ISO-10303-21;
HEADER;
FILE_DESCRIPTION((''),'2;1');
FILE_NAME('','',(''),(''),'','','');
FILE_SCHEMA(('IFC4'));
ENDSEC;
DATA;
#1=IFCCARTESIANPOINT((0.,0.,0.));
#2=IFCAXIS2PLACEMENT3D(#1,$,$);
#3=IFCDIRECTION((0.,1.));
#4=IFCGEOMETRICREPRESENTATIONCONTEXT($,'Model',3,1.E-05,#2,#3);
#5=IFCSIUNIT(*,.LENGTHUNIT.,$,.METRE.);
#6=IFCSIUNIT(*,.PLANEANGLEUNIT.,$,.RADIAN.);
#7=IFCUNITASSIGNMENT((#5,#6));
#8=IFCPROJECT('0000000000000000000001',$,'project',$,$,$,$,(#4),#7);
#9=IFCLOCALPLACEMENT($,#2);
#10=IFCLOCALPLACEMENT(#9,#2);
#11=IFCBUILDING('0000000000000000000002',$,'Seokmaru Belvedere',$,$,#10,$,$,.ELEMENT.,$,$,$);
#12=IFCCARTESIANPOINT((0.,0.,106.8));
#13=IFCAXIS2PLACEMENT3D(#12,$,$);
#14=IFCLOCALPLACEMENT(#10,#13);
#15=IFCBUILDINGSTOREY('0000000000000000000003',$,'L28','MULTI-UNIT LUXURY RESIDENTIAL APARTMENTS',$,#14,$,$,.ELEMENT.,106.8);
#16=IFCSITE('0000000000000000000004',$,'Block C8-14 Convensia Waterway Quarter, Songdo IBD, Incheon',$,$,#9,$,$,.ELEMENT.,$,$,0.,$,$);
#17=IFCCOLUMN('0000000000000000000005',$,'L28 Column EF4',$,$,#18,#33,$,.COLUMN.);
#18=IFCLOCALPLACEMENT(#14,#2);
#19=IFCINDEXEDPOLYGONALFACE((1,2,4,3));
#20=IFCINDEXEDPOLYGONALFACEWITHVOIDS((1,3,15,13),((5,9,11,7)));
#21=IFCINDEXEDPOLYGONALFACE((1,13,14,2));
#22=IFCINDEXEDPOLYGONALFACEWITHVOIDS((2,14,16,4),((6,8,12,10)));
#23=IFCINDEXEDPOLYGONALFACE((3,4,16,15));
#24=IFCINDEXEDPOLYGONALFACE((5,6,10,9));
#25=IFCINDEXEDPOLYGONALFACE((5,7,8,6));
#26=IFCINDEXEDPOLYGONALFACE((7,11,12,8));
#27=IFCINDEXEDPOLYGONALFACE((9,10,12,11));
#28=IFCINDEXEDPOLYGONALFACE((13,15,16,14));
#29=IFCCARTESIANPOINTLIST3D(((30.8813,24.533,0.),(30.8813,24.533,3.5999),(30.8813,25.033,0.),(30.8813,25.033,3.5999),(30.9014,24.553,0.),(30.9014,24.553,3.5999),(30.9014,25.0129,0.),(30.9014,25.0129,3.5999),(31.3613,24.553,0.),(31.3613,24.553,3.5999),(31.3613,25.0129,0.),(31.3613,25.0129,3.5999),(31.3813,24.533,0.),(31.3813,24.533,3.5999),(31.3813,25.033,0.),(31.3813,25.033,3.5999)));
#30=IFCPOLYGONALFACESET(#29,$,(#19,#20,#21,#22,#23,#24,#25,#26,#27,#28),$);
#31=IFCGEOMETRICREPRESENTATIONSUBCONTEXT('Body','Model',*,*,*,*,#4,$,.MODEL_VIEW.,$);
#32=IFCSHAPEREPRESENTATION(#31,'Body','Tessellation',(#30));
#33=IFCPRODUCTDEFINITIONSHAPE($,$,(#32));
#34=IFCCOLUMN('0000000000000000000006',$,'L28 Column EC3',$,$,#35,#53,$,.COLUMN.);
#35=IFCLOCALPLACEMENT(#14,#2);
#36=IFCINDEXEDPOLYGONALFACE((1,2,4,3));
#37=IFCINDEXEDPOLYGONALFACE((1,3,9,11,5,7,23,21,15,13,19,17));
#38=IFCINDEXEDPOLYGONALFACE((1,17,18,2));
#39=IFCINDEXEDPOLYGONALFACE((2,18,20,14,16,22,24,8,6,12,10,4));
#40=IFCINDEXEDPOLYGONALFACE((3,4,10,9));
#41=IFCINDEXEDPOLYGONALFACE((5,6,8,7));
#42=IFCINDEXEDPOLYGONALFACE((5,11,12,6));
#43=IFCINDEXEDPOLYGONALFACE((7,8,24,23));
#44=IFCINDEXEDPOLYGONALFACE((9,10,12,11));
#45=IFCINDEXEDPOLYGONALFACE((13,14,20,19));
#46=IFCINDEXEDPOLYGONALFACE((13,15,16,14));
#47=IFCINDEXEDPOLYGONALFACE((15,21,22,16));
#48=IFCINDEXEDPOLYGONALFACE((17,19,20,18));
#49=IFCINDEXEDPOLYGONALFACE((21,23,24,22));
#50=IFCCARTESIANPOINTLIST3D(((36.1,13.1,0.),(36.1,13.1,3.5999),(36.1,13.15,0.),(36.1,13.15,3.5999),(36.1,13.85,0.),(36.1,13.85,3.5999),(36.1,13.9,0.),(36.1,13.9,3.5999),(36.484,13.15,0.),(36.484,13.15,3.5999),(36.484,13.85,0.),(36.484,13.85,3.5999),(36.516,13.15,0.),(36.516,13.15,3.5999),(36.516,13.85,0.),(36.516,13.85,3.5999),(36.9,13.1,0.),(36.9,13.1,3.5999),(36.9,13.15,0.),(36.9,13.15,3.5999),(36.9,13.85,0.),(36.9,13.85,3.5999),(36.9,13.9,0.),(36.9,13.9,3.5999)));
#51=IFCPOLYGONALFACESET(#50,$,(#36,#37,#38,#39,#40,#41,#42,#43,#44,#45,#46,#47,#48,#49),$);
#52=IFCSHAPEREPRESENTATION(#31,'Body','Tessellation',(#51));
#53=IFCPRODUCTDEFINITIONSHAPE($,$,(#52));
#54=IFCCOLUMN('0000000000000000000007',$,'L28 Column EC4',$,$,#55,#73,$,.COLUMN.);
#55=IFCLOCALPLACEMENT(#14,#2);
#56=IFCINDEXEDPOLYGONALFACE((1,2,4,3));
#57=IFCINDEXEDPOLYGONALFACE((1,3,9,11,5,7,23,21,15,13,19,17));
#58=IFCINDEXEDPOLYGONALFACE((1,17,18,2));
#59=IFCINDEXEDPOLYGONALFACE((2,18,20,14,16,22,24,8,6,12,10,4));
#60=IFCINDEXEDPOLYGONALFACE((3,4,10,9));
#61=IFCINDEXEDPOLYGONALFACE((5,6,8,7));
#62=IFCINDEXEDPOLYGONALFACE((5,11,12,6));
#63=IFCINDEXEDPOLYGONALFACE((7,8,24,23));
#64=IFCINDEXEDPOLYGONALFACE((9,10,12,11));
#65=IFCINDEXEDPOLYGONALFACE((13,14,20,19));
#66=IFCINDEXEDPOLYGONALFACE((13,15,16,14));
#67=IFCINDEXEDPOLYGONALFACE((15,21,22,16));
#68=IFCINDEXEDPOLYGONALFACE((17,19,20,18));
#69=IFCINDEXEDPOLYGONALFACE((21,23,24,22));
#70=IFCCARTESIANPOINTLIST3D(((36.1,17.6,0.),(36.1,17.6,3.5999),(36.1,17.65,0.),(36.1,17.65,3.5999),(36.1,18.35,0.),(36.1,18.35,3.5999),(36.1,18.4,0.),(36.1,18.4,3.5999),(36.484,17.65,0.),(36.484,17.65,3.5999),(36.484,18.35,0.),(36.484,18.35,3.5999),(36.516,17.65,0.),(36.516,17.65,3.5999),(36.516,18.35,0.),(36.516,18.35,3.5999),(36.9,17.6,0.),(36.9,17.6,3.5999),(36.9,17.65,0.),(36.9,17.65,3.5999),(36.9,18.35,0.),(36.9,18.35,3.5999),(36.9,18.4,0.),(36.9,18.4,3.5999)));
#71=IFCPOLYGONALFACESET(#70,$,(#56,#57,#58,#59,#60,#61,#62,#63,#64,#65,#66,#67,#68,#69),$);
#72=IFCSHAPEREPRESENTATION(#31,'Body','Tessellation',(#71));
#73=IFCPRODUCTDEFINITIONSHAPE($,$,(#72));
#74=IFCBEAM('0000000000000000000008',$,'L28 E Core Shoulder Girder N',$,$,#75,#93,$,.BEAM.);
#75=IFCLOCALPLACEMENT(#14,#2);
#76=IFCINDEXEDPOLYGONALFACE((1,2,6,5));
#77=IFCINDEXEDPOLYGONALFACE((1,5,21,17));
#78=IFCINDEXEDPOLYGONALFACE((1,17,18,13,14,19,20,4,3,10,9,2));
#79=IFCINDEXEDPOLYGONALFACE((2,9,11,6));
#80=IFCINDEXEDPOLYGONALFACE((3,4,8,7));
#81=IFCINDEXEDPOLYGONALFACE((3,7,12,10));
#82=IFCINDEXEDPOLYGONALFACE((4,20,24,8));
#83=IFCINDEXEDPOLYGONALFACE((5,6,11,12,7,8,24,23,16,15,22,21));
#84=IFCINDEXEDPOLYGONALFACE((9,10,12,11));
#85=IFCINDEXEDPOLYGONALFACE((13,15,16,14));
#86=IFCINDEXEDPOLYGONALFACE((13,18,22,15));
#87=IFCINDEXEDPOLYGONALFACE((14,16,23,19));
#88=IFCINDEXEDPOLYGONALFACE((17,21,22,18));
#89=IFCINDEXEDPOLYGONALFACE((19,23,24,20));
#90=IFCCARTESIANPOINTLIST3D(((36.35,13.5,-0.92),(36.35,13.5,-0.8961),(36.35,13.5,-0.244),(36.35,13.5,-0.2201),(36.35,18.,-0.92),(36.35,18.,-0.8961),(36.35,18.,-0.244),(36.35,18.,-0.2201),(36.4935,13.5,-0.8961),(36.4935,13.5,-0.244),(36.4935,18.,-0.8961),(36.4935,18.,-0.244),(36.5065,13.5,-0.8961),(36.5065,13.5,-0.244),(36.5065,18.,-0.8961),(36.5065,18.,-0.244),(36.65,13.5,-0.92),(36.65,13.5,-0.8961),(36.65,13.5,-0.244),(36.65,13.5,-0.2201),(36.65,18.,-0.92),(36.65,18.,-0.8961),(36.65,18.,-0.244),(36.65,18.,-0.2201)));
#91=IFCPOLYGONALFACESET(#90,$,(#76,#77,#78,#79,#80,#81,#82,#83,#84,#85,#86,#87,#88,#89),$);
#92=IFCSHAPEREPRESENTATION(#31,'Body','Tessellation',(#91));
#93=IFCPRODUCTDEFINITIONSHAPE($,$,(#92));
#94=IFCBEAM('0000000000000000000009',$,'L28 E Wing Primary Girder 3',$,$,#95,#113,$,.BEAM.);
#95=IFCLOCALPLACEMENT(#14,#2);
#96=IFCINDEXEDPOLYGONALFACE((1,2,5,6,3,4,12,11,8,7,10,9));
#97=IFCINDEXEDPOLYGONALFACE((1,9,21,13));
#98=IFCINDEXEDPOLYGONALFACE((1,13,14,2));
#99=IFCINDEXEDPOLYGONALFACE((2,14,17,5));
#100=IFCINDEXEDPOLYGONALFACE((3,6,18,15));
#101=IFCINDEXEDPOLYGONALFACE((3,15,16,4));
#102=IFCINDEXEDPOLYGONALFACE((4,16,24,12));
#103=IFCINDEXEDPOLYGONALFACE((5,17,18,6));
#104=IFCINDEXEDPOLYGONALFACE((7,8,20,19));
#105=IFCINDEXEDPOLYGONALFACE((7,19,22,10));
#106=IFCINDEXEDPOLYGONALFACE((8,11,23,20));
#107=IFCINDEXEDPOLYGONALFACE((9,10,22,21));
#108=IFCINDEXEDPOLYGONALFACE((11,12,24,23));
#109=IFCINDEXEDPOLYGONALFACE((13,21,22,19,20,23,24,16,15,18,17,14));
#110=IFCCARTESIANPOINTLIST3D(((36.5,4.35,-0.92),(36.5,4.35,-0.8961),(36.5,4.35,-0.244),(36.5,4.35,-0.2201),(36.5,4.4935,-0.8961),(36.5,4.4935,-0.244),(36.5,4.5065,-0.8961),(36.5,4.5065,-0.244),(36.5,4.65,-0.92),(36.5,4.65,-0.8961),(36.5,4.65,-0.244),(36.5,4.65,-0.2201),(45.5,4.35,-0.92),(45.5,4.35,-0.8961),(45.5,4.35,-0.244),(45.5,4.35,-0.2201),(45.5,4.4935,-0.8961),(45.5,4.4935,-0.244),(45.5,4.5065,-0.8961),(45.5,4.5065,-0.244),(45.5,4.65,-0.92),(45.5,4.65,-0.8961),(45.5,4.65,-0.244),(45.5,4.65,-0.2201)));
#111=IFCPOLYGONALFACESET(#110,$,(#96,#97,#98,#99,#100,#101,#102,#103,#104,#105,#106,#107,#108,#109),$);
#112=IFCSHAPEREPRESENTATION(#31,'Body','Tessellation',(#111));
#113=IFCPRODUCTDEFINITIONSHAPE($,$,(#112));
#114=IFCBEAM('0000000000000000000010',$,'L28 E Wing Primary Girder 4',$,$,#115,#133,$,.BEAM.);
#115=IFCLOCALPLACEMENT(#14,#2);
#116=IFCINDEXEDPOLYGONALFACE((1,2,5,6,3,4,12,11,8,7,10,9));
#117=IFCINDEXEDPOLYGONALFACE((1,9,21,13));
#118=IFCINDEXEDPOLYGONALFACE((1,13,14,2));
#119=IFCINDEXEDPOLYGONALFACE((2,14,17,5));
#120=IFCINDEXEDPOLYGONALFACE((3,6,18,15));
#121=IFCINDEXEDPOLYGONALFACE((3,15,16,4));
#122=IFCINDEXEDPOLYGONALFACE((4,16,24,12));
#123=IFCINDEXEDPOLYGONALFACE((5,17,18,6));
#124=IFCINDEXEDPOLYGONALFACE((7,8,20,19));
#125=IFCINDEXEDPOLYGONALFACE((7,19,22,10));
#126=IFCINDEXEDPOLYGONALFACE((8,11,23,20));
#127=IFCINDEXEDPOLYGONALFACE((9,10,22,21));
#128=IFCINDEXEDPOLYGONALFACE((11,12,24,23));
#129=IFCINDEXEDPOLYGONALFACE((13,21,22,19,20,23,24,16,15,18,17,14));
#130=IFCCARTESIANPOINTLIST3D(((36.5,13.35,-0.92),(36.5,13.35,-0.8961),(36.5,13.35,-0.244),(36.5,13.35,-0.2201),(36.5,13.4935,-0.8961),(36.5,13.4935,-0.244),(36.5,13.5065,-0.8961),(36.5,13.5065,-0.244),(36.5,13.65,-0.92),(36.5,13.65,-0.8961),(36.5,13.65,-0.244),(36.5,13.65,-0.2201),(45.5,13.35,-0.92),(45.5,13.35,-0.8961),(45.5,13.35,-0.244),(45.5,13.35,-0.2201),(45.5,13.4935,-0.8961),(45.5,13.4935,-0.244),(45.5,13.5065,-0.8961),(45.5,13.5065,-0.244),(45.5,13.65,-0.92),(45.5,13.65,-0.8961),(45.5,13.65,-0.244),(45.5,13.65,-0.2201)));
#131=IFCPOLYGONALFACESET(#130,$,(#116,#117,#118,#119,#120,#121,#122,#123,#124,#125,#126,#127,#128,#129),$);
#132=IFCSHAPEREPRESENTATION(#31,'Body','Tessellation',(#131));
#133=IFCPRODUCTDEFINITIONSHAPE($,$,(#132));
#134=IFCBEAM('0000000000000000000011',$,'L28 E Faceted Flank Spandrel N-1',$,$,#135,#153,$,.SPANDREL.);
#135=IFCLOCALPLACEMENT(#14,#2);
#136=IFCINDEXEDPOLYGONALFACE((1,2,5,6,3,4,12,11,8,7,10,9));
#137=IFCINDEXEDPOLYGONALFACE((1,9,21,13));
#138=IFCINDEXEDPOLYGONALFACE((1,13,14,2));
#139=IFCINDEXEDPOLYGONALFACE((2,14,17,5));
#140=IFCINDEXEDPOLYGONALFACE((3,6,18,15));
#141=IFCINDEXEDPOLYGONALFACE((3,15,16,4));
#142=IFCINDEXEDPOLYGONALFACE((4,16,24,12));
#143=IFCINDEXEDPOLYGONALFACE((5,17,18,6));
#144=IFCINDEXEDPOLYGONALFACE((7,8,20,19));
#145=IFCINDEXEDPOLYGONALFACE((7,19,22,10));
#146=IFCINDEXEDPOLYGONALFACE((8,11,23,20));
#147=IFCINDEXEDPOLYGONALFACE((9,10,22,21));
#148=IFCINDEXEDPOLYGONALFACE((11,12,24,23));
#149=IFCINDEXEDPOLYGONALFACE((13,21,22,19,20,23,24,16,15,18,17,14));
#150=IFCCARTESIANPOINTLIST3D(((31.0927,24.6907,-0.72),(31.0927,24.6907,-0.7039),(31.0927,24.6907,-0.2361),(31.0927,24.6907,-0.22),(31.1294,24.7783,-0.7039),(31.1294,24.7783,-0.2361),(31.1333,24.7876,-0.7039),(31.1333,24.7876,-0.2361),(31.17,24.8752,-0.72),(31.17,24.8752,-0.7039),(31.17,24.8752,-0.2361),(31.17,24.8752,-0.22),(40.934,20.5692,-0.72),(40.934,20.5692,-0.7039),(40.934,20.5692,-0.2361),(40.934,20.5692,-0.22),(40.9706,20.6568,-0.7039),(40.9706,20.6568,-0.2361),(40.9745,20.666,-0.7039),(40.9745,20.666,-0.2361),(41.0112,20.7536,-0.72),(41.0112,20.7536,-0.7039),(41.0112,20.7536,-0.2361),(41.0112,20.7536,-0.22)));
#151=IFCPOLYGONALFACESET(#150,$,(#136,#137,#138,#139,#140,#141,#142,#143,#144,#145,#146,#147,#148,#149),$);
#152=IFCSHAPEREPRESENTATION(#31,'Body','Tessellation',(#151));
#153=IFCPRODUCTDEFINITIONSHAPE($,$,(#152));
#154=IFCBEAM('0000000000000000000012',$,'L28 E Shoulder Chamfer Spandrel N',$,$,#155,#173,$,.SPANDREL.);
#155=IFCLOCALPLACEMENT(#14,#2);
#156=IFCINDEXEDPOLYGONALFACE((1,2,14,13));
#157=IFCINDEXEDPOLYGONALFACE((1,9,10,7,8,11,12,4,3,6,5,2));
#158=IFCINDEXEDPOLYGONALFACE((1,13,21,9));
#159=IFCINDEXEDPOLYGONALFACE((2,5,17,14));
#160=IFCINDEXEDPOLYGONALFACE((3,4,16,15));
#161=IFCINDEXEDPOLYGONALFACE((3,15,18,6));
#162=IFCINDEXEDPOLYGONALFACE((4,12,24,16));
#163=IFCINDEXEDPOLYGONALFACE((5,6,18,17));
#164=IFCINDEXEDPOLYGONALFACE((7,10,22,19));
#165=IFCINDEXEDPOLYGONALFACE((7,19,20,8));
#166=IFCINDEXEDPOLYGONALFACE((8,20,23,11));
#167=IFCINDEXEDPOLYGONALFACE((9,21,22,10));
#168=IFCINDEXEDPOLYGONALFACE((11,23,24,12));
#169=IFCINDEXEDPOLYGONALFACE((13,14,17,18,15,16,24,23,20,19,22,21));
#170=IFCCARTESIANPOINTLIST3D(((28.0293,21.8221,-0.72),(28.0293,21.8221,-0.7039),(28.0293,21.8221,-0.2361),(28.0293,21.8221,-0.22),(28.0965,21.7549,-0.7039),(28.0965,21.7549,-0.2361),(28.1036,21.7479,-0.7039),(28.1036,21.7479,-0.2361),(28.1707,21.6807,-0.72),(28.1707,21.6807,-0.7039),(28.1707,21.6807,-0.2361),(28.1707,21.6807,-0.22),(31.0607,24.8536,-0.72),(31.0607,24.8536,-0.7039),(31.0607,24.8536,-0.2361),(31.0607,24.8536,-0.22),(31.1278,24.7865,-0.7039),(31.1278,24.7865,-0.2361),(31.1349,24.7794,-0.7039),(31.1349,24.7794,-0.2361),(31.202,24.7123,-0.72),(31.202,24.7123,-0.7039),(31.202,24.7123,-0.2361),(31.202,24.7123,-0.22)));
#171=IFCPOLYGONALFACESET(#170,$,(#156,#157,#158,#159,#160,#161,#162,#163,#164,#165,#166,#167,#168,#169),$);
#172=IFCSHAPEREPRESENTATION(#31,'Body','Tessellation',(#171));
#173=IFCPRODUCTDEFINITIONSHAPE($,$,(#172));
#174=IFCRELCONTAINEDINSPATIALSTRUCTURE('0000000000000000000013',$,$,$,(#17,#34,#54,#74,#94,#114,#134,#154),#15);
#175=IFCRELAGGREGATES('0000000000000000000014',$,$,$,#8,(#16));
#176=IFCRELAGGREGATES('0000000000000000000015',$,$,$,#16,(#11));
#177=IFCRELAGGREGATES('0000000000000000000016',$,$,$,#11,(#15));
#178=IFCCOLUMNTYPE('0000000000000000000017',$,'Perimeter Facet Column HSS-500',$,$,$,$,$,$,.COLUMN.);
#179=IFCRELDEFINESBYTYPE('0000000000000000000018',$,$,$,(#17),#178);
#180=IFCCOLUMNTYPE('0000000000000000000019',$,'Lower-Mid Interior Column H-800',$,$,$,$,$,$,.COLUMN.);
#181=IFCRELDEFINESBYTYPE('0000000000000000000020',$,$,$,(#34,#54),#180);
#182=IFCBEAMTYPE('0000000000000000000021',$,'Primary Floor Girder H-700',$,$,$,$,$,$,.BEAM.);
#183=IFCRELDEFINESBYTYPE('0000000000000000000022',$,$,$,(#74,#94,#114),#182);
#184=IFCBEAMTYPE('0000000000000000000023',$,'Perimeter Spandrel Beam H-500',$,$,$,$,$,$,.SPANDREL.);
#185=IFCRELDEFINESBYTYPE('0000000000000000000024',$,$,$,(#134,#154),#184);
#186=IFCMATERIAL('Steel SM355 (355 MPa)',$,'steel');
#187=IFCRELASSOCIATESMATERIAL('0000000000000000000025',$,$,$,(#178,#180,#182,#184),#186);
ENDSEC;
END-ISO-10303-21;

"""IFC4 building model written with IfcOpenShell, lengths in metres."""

from ifc_helpers import new_model, si_unit, direction, frame, origin, origin_2d, place, context, subcontext, project, spatial, hollow_rectangle, i_section, extrude, source, transform, mapped, material, material_profile, profile_set, type_object, type_shapes, element, save


model = new_model("IFC4")

# Units and contexts
model_context = context("Model", 3, precision=1e-05, world=origin(), true_north=direction((0.0, 1.0)))
body_context = subcontext(model_context, "Body", "Model", "MODEL_VIEW")
ifc_project = project(units=[si_unit("LENGTHUNIT", "METRE"), si_unit("PLANEANGLEUNIT", "RADIAN")], contexts=[model_context])

# Site, building, storey
site_placement = place(None, origin())
site = spatial("IfcSite", under=ifc_project, at=site_placement, Name="Block C8-14 Convensia Waterway Quarter, Songdo IBD, Incheon", CompositionType="ELEMENT", RefElevation=0.0)
building_placement = place(site_placement, origin())
building = spatial("IfcBuilding", under=site, at=building_placement, Name="Seokmaru Belvedere", CompositionType="ELEMENT")
storey_placement = place(building_placement, frame((0.0, 0.0, 106.8)))
storey = spatial("IfcBuildingStorey", under=building, at=storey_placement, Name="L28", Description="MULTI-UNIT LUXURY RESIDENTIAL APARTMENTS", CompositionType="ELEMENT", Elevation=106.8)

# Columns
ifc_material_1 = material(Name="Steel SM355 (355 MPa)", Category="steel")
ifc_material_profile_1 = material_profile(ifc_material_1, hollow_rectangle(XDim=0.5, YDim=0.5, WallThickness=0.02, at=origin_2d()), Name="HSS-500x500x20")
ifc_profile_set_1 = profile_set([ifc_material_profile_1], Name="Steel SM355 (355 MPa)")
column_type_1 = type_object("IfcColumnType", Name="Perimeter Facet Column HSS-500", PredefinedType="COLUMN", material=ifc_profile_set_1)
shared_shape_1 = source(origin(), body_context, "Body", "SweptSolid", [
    extrude(hollow_rectangle(XDim=0.5, YDim=0.5, WallThickness=0.02, at=origin_2d()), origin(), (0.0, 0.0, 1.0), 3.5999),
])
type_shapes(column_type_1, [shared_shape_1])
column_placement = place(storey_placement, frame((31.1313, 24.783, 0.0), z_axis=(0.0, 0.0, 1.0), x_axis=(1.0, 0.0, 0.0)))
element("IfcColumn", 1, at=column_placement, inside=storey, type_object=column_type_1, Name="L28 Column EF4", PredefinedType="COLUMN", context=body_context, shape_type="MappedRepresentation", body=[
    mapped(shared_shape_1, transform((0.0, 0.0, 0.0), scale=1.0)),
])
ifc_material_profile_2 = material_profile(ifc_material_1, i_section(OverallWidth=0.8, OverallDepth=0.8, WebThickness=0.032, FlangeThickness=0.05, at=origin_2d()), Name="H-800x800x32x50")
ifc_profile_set_2 = profile_set([ifc_material_profile_2], Name="Steel SM355 (355 MPa)")
column_type_2 = type_object("IfcColumnType", Name="Lower-Mid Interior Column H-800", PredefinedType="COLUMN", material=ifc_profile_set_2)
shared_shape_2 = source(origin(), body_context, "Body", "SweptSolid", [
    extrude(i_section(OverallWidth=0.8, OverallDepth=0.8, WebThickness=0.032, FlangeThickness=0.05, at=origin_2d()), origin(), (0.0, 0.0, 1.0), 3.5999),
])
type_shapes(column_type_2, [shared_shape_2])
for number, where, z_axis, x_axis, name in (
    (2, (36.5, 13.5, 0.0), (0.0, 0.0, 1.0), (1.0, 0.0, 0.0), "L28 Column EC3"),
    (3, (36.5, 18.0, 0.0), (0.0, 0.0, 1.0), (1.0, 0.0, 0.0), "L28 Column EC4"),
):
    element("IfcColumn", number, at=place(storey_placement, frame(where, z_axis=z_axis, x_axis=x_axis)), inside=storey, type_object=column_type_2, Name=name, PredefinedType="COLUMN", context=body_context, shape_type="MappedRepresentation", body=[
        mapped(shared_shape_2, transform((0.0, 0.0, 0.0), scale=1.0)),
    ])

# Beams
ifc_material_profile_3 = material_profile(ifc_material_1, i_section(OverallWidth=0.3, OverallDepth=0.7, WebThickness=0.0129, FlangeThickness=0.0239, at=origin_2d()), Name="H-700x300x13x24")
ifc_profile_set_3 = profile_set([ifc_material_profile_3], Name="Steel SM355 (355 MPa)")
beam_type_1 = type_object("IfcBeamType", Name="Primary Floor Girder H-700", PredefinedType="BEAM", material=ifc_profile_set_3)
shared_shape_3 = source(origin(), body_context, "Body", "SweptSolid", [
    extrude(i_section(OverallWidth=0.3, OverallDepth=0.7, WebThickness=0.0129, FlangeThickness=0.0239, at=origin_2d()), origin(), (0.0, 0.0, 1.0), 4.5),
])
beam_1_placement = place(storey_placement, frame((36.5, 13.5, -0.5701), z_axis=(0.0, 1.0, 0.0), x_axis=(-1.0, 0.0, 0.0)))
element("IfcBeam", 4, at=beam_1_placement, inside=storey, type_object=beam_type_1, Name="L28 E Core Shoulder Girder N", PredefinedType="BEAM", context=body_context, shape_type="MappedRepresentation", body=[
    mapped(shared_shape_3, transform((0.0, 0.0, 0.0), scale=1.0)),
])
shared_shape_4 = source(origin(), body_context, "Body", "SweptSolid", [
    extrude(i_section(OverallWidth=0.3, OverallDepth=0.7, WebThickness=0.0129, FlangeThickness=0.0239, at=origin_2d()), origin(), (0.0, 0.0, 1.0), 9.0),
])
type_shapes(beam_type_1, [shared_shape_3, shared_shape_4])
for number, where, z_axis, x_axis, name in (
    (5, (36.5, 4.5, -0.5701), (1.0, 0.0, 0.0), (0.0, 1.0, 0.0), "L28 E Wing Primary Girder 3"),
    (6, (36.5, 13.5, -0.5701), (1.0, 0.0, 0.0), (0.0, 1.0, 0.0), "L28 E Wing Primary Girder 4"),
):
    element("IfcBeam", number, at=place(storey_placement, frame(where, z_axis=z_axis, x_axis=x_axis)), inside=storey, type_object=beam_type_1, Name=name, PredefinedType="BEAM", context=body_context, shape_type="MappedRepresentation", body=[
        mapped(shared_shape_4, transform((0.0, 0.0, 0.0), scale=1.0)),
    ])
ifc_material_profile_4 = material_profile(ifc_material_1, i_section(OverallWidth=0.2, OverallDepth=0.5, WebThickness=0.01, FlangeThickness=0.0161, at=origin_2d()), Name="H-500x200x10x16")
ifc_profile_set_4 = profile_set([ifc_material_profile_4], Name="Steel SM355 (355 MPa)")
beam_type_2 = type_object("IfcBeamType", Name="Perimeter Spandrel Beam H-500", PredefinedType="SPANDREL", material=ifc_profile_set_4)
shared_shape_5 = source(origin(), body_context, "Body", "SweptSolid", [
    extrude(i_section(OverallWidth=0.2, OverallDepth=0.5, WebThickness=0.01, FlangeThickness=0.0161, at=origin_2d()), origin(), (0.0, 0.0, 1.0), 10.6694),
])
beam_2_placement = place(storey_placement, frame((31.1313, 24.783, -0.47), z_axis=(0.922375, -0.386295, 0.0), x_axis=(0.386295, 0.922375, 0.0)))
element("IfcBeam", 7, at=beam_2_placement, inside=storey, type_object=beam_type_2, Name="L28 E Faceted Flank Spandrel N-1", PredefinedType="SPANDREL", context=body_context, shape_type="MappedRepresentation", body=[
    mapped(shared_shape_5, transform((0.0, 0.0, 0.0), scale=1.0)),
])
shared_shape_6 = source(origin(), body_context, "Body", "SweptSolid", [
    extrude(i_section(OverallWidth=0.2, OverallDepth=0.5, WebThickness=0.01, FlangeThickness=0.0161, at=origin_2d()), origin(), (0.0, 0.0, 1.0), 4.2871),
])
type_shapes(beam_type_2, [shared_shape_5, shared_shape_6])
beam_3_placement = place(storey_placement, frame((31.1313, 24.783, -0.47), z_axis=(-0.707078, -0.707135, 0.0), x_axis=(0.707135, -0.707078, 0.0)))
element("IfcBeam", 8, at=beam_3_placement, inside=storey, type_object=beam_type_2, Name="L28 E Shoulder Chamfer Spandrel N", PredefinedType="SPANDREL", context=body_context, shape_type="MappedRepresentation", body=[
    mapped(shared_shape_6, transform((0.0, 0.0, 0.0), scale=1.0)),
])

save(model, "model.ifc")
